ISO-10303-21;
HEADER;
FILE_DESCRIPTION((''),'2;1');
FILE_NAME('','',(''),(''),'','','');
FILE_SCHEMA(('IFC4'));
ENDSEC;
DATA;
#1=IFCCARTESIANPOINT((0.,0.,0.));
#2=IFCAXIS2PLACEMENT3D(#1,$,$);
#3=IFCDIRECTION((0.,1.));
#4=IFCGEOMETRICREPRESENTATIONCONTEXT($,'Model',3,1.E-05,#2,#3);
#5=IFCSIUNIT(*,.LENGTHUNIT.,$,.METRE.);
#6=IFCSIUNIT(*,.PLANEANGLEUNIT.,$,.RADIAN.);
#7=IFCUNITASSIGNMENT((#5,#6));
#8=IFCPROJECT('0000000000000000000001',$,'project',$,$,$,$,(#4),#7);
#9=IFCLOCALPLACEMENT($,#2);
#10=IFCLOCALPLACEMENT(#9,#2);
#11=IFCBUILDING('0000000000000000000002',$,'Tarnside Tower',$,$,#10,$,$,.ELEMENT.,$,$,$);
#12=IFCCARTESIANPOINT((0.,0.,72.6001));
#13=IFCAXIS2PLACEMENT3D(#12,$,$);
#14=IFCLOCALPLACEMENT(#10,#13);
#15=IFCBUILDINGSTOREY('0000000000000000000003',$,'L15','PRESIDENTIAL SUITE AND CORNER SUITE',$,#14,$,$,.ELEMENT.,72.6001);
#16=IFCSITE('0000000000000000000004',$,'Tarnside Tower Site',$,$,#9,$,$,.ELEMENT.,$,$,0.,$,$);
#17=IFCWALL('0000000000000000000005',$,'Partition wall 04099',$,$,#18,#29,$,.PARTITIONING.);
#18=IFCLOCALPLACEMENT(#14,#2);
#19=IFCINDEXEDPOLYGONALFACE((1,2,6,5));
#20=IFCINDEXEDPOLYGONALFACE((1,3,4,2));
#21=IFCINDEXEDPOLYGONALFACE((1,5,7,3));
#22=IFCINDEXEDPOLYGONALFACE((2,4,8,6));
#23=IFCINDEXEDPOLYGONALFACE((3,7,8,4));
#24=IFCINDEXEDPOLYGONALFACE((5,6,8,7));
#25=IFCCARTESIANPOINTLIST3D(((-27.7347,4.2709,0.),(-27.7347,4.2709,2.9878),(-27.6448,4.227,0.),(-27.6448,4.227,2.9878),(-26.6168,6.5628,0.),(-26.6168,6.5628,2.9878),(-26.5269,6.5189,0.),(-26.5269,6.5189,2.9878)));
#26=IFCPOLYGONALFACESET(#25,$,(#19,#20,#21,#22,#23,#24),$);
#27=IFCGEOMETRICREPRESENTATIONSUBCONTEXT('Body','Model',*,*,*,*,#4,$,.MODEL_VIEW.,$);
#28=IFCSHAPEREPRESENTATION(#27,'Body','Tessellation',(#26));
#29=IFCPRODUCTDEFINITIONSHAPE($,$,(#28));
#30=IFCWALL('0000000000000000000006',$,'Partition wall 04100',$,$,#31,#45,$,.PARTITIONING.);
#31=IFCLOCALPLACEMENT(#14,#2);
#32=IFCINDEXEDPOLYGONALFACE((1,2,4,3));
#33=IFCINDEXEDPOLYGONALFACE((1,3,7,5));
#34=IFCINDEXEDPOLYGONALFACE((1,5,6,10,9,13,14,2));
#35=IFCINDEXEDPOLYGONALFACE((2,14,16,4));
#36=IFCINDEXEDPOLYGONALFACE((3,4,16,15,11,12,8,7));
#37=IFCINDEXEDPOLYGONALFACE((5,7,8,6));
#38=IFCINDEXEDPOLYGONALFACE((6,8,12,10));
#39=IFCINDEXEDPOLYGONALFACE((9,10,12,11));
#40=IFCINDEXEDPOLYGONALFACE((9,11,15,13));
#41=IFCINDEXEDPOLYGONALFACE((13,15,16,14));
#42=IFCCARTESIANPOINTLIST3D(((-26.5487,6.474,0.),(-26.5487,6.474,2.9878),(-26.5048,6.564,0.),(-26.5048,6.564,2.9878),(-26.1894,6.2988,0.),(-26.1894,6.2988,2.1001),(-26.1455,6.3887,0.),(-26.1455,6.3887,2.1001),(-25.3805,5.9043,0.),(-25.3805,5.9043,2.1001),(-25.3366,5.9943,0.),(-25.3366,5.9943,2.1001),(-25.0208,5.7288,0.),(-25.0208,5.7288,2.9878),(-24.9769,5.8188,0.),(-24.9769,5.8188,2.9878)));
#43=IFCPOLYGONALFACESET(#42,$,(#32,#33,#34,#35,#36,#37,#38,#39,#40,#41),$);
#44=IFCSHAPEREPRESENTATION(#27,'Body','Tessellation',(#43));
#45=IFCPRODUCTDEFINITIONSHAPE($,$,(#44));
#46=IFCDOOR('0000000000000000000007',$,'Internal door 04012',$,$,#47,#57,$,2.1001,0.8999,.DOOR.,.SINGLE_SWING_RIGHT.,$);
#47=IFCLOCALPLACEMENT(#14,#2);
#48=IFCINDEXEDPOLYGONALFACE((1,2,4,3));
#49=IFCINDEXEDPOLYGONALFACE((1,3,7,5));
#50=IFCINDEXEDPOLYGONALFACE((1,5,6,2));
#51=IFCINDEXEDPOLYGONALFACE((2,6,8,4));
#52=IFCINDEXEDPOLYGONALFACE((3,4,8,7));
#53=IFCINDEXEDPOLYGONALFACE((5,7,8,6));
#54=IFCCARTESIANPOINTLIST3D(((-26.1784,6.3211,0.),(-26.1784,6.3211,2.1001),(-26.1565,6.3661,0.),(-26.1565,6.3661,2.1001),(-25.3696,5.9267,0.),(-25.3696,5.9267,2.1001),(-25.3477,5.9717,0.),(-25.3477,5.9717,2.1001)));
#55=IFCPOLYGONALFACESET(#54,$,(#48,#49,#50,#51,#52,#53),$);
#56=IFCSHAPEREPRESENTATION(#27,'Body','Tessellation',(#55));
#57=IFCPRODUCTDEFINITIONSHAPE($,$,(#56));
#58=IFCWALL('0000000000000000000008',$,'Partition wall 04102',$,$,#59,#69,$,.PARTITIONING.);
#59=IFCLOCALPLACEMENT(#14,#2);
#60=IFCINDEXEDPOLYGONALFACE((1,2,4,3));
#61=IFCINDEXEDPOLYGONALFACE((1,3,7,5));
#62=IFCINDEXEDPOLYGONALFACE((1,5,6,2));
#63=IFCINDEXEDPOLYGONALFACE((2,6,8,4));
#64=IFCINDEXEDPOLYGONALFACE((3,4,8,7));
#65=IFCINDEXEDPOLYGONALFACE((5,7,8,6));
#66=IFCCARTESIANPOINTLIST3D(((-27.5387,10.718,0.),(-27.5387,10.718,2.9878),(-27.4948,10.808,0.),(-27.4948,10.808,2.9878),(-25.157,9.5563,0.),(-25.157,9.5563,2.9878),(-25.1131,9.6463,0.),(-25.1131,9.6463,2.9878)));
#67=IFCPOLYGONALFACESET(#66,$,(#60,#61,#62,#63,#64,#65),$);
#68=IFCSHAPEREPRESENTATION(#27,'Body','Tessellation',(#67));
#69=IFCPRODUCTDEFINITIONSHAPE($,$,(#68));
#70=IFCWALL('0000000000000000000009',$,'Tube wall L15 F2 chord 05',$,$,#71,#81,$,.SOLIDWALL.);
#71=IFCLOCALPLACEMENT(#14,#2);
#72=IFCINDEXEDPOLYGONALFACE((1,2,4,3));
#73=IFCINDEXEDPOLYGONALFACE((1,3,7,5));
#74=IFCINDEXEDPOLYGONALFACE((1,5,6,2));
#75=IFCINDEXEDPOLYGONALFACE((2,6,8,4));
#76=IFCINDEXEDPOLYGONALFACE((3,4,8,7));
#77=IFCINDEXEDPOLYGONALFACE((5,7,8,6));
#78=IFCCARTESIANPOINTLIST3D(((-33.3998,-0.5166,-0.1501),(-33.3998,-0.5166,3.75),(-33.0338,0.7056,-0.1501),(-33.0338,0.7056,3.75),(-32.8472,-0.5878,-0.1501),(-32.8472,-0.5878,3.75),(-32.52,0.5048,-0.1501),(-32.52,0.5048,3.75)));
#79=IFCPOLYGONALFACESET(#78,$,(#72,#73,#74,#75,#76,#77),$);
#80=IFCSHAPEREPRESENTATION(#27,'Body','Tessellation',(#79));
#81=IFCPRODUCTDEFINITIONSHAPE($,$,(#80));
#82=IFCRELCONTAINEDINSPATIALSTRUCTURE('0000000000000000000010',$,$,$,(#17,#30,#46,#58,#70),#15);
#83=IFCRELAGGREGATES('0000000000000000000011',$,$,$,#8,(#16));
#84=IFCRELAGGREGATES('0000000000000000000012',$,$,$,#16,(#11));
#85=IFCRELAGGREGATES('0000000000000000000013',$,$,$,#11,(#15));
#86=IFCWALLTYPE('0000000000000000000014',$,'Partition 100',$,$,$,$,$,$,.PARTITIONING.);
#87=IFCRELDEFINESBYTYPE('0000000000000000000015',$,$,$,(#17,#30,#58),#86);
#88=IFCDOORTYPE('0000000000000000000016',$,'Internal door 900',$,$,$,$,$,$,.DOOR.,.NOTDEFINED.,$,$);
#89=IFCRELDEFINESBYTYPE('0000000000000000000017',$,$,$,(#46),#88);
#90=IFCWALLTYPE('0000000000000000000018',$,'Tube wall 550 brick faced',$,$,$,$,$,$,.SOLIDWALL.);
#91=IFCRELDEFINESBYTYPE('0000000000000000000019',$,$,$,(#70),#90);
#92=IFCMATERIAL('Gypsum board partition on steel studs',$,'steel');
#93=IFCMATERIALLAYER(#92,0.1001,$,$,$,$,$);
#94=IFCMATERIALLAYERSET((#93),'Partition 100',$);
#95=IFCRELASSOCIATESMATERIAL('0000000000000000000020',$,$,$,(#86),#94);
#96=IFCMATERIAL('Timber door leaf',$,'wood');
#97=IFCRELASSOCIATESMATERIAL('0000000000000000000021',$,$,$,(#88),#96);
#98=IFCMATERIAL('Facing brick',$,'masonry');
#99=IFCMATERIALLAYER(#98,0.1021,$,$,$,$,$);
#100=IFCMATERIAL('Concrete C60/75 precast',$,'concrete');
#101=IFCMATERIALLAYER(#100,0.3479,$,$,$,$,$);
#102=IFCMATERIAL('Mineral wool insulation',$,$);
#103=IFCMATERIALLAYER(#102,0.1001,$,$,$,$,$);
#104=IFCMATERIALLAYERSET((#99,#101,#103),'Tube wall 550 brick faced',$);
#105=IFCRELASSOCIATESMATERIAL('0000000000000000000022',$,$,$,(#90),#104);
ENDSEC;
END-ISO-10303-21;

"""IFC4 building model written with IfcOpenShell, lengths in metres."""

from ifc_helpers import new_model, si_unit, direction, frame, frame_2d, origin, place, context, subcontext, project, spatial, polyline, rectangle, outline, extrude, material, layer, layer_set, type_object, element, fill, save


model = new_model("IFC4")

# Units and contexts
model_context = context("Model", 3, precision=1e-05, world=origin(), true_north=direction((0.0, 1.0)))
body_context = subcontext(model_context, "Body", "Model", "MODEL_VIEW")
ifc_project = project(units=[si_unit("LENGTHUNIT", "METRE"), si_unit("PLANEANGLEUNIT", "RADIAN")], contexts=[model_context])

# Site, building, storey
site_placement = place(None, origin())
site = spatial("IfcSite", under=ifc_project, at=site_placement, Name="Tarnside Tower Site", CompositionType="ELEMENT", RefElevation=0.0)
building_placement = place(site_placement, origin())
building = spatial("IfcBuilding", under=site, at=building_placement, Name="Tarnside Tower", CompositionType="ELEMENT")
storey_placement = place(building_placement, frame((0.0, 0.0, 72.6001)))
storey = spatial("IfcBuildingStorey", under=building, at=storey_placement, Name="L15", Description="PRESIDENTIAL SUITE AND CORNER SUITE", CompositionType="ELEMENT", Elevation=72.6001)

# Shared definitions
ifc_material_1 = material(Name="Gypsum board partition on steel studs", Category="steel")

# Shared definitions
ifc_material_2 = material(Name="Timber door leaf", Category="wood")

# Wall
ifc_layer_1 = layer(ifc_material_1, 0.1001)
ifc_layer_set_1 = layer_set([ifc_layer_1], Name="Partition 100")
wall_type_1 = type_object("IfcWallType", Name="Partition 100", PredefinedType="PARTITIONING", material=ifc_layer_set_1)
wall_1_placement = place(storey_placement, frame((-27.6897, 4.249, 0.0), z_axis=(0.0, 0.0, 1.0), x_axis=(0.438384, 0.898788, 0.0)))
element("IfcWall", 1, at=wall_1_placement, inside=storey, type_object=wall_type_1, Name="Partition wall 04099", PredefinedType="PARTITIONING", context=body_context, shape_type="SweptSolid", body=[
    extrude(rectangle(XDim=2.55, YDim=0.1001, at=frame_2d((1.2749, 0.0))), origin(), (0.0, 0.0, 1.0), 2.9878),
])

# Wall, opening, door
wall_2_placement = place(storey_placement, frame((-26.5269, 6.519, 0.0), z_axis=(0.0, 0.0, 1.0), x_axis=(0.898807, -0.438344, 0.0)))
wall_2 = element("IfcWall", 2, at=wall_2_placement, inside=storey, type_object=wall_type_1, Name="Partition wall 04100", PredefinedType="PARTITIONING", context=body_context, shape_type="SweptSolid", body=[
    extrude(rectangle(XDim=1.7, YDim=0.1001, at=frame_2d((0.8501, 0.0))), origin(), (0.0, 0.0, 1.0), 2.9878),
])
opening_1_placement = place(wall_2_placement, frame((0.3999, 0.0, 0.0)))
opening_1 = element("IfcOpeningElement", 3, at=opening_1_placement, cuts=wall_2, PredefinedType="OPENING", context=body_context, shape_type="SweptSolid", body=[
    extrude(rectangle(XDim=0.8999, YDim=2.1001, at=frame_2d((0.45, 1.05))), frame((0.0, 0.0601, 0.0), z_axis=(0.0, -1.0, 0.0), x_axis=(1.0, 0.0, 0.0)), (0.0, 0.0, 1.0), 0.1201),
])
door_type_1 = type_object("IfcDoorType", Name="Internal door 900", OperationType="NOTDEFINED", PredefinedType="DOOR", material=ifc_material_2)
door_1_placement = place(opening_1_placement, origin())
door_1 = element("IfcDoor", 4, at=door_1_placement, inside=storey, type_object=door_type_1, Name="Internal door 04012", OperationType="SINGLE_SWING_RIGHT", OverallHeight=2.1001, OverallWidth=0.8999, PredefinedType="DOOR", context=body_context, shape_type="SweptSolid", body=[
    extrude(rectangle(XDim=0.8999, YDim=2.1001, at=frame_2d((0.45, 1.05))), frame((0.0, 0.0249, 0.0), z_axis=(0.0, -1.0, 0.0), x_axis=(1.0, 0.0, 0.0)), (0.0, 0.0, 1.0), 0.05),
])
fill(opening_1, door_1)

# Walls
wall_3_placement = place(storey_placement, frame((-25.135, 9.6013, 0.0), z_axis=(0.0, 0.0, 1.0), x_axis=(-0.898788, 0.438384, 0.0)))
element("IfcWall", 5, at=wall_3_placement, inside=storey, type_object=wall_type_1, Name="Partition wall 04102", PredefinedType="PARTITIONING", context=body_context, shape_type="SweptSolid", body=[
    extrude(rectangle(XDim=2.6499, YDim=0.1001, at=frame_2d((1.325, 0.0))), origin(), (0.0, 0.0, 1.0), 2.9878),
])
ifc_material_3 = material(Name="Facing brick", Category="masonry")
ifc_layer_2 = layer(ifc_material_3, 0.1021)
ifc_material_4 = material(Name="Concrete C60/75 precast", Category="concrete")
ifc_layer_3 = layer(ifc_material_4, 0.3479)
ifc_material_5 = material(Name="Mineral wool insulation")
ifc_layer_4 = layer(ifc_material_5, 0.1001)
ifc_layer_set_2 = layer_set([ifc_layer_2, ifc_layer_3, ifc_layer_4], Name="Tube wall 550 brick faced")
wall_type_2 = type_object("IfcWallType", Name="Tube wall 550 brick faced", PredefinedType="SOLIDWALL", material=ifc_layer_set_2)
wall_4_placement = place(storey_placement, frame((-32.7769, 0.6052, -0.1501), z_axis=(0.0, 0.0, 1.0), x_axis=(-0.286921, -0.957954, 0.0)))
element("IfcWall", 6, at=wall_4_placement, inside=storey, type_object=wall_type_2, Name="Tube wall L15 F2 chord 05", PredefinedType="SOLIDWALL", context=body_context, shape_type="SweptSolid", body=[
    extrude(outline(polyline([(-0.0225, -0.2749), (1.2534, -0.2749), (1.1631, 0.2749), (0.0225, 0.2749), (-0.0225, -0.2749)])), origin(), (0.0, 0.0, 1.0), 3.9001),
])

save(model, "model.ifc")
